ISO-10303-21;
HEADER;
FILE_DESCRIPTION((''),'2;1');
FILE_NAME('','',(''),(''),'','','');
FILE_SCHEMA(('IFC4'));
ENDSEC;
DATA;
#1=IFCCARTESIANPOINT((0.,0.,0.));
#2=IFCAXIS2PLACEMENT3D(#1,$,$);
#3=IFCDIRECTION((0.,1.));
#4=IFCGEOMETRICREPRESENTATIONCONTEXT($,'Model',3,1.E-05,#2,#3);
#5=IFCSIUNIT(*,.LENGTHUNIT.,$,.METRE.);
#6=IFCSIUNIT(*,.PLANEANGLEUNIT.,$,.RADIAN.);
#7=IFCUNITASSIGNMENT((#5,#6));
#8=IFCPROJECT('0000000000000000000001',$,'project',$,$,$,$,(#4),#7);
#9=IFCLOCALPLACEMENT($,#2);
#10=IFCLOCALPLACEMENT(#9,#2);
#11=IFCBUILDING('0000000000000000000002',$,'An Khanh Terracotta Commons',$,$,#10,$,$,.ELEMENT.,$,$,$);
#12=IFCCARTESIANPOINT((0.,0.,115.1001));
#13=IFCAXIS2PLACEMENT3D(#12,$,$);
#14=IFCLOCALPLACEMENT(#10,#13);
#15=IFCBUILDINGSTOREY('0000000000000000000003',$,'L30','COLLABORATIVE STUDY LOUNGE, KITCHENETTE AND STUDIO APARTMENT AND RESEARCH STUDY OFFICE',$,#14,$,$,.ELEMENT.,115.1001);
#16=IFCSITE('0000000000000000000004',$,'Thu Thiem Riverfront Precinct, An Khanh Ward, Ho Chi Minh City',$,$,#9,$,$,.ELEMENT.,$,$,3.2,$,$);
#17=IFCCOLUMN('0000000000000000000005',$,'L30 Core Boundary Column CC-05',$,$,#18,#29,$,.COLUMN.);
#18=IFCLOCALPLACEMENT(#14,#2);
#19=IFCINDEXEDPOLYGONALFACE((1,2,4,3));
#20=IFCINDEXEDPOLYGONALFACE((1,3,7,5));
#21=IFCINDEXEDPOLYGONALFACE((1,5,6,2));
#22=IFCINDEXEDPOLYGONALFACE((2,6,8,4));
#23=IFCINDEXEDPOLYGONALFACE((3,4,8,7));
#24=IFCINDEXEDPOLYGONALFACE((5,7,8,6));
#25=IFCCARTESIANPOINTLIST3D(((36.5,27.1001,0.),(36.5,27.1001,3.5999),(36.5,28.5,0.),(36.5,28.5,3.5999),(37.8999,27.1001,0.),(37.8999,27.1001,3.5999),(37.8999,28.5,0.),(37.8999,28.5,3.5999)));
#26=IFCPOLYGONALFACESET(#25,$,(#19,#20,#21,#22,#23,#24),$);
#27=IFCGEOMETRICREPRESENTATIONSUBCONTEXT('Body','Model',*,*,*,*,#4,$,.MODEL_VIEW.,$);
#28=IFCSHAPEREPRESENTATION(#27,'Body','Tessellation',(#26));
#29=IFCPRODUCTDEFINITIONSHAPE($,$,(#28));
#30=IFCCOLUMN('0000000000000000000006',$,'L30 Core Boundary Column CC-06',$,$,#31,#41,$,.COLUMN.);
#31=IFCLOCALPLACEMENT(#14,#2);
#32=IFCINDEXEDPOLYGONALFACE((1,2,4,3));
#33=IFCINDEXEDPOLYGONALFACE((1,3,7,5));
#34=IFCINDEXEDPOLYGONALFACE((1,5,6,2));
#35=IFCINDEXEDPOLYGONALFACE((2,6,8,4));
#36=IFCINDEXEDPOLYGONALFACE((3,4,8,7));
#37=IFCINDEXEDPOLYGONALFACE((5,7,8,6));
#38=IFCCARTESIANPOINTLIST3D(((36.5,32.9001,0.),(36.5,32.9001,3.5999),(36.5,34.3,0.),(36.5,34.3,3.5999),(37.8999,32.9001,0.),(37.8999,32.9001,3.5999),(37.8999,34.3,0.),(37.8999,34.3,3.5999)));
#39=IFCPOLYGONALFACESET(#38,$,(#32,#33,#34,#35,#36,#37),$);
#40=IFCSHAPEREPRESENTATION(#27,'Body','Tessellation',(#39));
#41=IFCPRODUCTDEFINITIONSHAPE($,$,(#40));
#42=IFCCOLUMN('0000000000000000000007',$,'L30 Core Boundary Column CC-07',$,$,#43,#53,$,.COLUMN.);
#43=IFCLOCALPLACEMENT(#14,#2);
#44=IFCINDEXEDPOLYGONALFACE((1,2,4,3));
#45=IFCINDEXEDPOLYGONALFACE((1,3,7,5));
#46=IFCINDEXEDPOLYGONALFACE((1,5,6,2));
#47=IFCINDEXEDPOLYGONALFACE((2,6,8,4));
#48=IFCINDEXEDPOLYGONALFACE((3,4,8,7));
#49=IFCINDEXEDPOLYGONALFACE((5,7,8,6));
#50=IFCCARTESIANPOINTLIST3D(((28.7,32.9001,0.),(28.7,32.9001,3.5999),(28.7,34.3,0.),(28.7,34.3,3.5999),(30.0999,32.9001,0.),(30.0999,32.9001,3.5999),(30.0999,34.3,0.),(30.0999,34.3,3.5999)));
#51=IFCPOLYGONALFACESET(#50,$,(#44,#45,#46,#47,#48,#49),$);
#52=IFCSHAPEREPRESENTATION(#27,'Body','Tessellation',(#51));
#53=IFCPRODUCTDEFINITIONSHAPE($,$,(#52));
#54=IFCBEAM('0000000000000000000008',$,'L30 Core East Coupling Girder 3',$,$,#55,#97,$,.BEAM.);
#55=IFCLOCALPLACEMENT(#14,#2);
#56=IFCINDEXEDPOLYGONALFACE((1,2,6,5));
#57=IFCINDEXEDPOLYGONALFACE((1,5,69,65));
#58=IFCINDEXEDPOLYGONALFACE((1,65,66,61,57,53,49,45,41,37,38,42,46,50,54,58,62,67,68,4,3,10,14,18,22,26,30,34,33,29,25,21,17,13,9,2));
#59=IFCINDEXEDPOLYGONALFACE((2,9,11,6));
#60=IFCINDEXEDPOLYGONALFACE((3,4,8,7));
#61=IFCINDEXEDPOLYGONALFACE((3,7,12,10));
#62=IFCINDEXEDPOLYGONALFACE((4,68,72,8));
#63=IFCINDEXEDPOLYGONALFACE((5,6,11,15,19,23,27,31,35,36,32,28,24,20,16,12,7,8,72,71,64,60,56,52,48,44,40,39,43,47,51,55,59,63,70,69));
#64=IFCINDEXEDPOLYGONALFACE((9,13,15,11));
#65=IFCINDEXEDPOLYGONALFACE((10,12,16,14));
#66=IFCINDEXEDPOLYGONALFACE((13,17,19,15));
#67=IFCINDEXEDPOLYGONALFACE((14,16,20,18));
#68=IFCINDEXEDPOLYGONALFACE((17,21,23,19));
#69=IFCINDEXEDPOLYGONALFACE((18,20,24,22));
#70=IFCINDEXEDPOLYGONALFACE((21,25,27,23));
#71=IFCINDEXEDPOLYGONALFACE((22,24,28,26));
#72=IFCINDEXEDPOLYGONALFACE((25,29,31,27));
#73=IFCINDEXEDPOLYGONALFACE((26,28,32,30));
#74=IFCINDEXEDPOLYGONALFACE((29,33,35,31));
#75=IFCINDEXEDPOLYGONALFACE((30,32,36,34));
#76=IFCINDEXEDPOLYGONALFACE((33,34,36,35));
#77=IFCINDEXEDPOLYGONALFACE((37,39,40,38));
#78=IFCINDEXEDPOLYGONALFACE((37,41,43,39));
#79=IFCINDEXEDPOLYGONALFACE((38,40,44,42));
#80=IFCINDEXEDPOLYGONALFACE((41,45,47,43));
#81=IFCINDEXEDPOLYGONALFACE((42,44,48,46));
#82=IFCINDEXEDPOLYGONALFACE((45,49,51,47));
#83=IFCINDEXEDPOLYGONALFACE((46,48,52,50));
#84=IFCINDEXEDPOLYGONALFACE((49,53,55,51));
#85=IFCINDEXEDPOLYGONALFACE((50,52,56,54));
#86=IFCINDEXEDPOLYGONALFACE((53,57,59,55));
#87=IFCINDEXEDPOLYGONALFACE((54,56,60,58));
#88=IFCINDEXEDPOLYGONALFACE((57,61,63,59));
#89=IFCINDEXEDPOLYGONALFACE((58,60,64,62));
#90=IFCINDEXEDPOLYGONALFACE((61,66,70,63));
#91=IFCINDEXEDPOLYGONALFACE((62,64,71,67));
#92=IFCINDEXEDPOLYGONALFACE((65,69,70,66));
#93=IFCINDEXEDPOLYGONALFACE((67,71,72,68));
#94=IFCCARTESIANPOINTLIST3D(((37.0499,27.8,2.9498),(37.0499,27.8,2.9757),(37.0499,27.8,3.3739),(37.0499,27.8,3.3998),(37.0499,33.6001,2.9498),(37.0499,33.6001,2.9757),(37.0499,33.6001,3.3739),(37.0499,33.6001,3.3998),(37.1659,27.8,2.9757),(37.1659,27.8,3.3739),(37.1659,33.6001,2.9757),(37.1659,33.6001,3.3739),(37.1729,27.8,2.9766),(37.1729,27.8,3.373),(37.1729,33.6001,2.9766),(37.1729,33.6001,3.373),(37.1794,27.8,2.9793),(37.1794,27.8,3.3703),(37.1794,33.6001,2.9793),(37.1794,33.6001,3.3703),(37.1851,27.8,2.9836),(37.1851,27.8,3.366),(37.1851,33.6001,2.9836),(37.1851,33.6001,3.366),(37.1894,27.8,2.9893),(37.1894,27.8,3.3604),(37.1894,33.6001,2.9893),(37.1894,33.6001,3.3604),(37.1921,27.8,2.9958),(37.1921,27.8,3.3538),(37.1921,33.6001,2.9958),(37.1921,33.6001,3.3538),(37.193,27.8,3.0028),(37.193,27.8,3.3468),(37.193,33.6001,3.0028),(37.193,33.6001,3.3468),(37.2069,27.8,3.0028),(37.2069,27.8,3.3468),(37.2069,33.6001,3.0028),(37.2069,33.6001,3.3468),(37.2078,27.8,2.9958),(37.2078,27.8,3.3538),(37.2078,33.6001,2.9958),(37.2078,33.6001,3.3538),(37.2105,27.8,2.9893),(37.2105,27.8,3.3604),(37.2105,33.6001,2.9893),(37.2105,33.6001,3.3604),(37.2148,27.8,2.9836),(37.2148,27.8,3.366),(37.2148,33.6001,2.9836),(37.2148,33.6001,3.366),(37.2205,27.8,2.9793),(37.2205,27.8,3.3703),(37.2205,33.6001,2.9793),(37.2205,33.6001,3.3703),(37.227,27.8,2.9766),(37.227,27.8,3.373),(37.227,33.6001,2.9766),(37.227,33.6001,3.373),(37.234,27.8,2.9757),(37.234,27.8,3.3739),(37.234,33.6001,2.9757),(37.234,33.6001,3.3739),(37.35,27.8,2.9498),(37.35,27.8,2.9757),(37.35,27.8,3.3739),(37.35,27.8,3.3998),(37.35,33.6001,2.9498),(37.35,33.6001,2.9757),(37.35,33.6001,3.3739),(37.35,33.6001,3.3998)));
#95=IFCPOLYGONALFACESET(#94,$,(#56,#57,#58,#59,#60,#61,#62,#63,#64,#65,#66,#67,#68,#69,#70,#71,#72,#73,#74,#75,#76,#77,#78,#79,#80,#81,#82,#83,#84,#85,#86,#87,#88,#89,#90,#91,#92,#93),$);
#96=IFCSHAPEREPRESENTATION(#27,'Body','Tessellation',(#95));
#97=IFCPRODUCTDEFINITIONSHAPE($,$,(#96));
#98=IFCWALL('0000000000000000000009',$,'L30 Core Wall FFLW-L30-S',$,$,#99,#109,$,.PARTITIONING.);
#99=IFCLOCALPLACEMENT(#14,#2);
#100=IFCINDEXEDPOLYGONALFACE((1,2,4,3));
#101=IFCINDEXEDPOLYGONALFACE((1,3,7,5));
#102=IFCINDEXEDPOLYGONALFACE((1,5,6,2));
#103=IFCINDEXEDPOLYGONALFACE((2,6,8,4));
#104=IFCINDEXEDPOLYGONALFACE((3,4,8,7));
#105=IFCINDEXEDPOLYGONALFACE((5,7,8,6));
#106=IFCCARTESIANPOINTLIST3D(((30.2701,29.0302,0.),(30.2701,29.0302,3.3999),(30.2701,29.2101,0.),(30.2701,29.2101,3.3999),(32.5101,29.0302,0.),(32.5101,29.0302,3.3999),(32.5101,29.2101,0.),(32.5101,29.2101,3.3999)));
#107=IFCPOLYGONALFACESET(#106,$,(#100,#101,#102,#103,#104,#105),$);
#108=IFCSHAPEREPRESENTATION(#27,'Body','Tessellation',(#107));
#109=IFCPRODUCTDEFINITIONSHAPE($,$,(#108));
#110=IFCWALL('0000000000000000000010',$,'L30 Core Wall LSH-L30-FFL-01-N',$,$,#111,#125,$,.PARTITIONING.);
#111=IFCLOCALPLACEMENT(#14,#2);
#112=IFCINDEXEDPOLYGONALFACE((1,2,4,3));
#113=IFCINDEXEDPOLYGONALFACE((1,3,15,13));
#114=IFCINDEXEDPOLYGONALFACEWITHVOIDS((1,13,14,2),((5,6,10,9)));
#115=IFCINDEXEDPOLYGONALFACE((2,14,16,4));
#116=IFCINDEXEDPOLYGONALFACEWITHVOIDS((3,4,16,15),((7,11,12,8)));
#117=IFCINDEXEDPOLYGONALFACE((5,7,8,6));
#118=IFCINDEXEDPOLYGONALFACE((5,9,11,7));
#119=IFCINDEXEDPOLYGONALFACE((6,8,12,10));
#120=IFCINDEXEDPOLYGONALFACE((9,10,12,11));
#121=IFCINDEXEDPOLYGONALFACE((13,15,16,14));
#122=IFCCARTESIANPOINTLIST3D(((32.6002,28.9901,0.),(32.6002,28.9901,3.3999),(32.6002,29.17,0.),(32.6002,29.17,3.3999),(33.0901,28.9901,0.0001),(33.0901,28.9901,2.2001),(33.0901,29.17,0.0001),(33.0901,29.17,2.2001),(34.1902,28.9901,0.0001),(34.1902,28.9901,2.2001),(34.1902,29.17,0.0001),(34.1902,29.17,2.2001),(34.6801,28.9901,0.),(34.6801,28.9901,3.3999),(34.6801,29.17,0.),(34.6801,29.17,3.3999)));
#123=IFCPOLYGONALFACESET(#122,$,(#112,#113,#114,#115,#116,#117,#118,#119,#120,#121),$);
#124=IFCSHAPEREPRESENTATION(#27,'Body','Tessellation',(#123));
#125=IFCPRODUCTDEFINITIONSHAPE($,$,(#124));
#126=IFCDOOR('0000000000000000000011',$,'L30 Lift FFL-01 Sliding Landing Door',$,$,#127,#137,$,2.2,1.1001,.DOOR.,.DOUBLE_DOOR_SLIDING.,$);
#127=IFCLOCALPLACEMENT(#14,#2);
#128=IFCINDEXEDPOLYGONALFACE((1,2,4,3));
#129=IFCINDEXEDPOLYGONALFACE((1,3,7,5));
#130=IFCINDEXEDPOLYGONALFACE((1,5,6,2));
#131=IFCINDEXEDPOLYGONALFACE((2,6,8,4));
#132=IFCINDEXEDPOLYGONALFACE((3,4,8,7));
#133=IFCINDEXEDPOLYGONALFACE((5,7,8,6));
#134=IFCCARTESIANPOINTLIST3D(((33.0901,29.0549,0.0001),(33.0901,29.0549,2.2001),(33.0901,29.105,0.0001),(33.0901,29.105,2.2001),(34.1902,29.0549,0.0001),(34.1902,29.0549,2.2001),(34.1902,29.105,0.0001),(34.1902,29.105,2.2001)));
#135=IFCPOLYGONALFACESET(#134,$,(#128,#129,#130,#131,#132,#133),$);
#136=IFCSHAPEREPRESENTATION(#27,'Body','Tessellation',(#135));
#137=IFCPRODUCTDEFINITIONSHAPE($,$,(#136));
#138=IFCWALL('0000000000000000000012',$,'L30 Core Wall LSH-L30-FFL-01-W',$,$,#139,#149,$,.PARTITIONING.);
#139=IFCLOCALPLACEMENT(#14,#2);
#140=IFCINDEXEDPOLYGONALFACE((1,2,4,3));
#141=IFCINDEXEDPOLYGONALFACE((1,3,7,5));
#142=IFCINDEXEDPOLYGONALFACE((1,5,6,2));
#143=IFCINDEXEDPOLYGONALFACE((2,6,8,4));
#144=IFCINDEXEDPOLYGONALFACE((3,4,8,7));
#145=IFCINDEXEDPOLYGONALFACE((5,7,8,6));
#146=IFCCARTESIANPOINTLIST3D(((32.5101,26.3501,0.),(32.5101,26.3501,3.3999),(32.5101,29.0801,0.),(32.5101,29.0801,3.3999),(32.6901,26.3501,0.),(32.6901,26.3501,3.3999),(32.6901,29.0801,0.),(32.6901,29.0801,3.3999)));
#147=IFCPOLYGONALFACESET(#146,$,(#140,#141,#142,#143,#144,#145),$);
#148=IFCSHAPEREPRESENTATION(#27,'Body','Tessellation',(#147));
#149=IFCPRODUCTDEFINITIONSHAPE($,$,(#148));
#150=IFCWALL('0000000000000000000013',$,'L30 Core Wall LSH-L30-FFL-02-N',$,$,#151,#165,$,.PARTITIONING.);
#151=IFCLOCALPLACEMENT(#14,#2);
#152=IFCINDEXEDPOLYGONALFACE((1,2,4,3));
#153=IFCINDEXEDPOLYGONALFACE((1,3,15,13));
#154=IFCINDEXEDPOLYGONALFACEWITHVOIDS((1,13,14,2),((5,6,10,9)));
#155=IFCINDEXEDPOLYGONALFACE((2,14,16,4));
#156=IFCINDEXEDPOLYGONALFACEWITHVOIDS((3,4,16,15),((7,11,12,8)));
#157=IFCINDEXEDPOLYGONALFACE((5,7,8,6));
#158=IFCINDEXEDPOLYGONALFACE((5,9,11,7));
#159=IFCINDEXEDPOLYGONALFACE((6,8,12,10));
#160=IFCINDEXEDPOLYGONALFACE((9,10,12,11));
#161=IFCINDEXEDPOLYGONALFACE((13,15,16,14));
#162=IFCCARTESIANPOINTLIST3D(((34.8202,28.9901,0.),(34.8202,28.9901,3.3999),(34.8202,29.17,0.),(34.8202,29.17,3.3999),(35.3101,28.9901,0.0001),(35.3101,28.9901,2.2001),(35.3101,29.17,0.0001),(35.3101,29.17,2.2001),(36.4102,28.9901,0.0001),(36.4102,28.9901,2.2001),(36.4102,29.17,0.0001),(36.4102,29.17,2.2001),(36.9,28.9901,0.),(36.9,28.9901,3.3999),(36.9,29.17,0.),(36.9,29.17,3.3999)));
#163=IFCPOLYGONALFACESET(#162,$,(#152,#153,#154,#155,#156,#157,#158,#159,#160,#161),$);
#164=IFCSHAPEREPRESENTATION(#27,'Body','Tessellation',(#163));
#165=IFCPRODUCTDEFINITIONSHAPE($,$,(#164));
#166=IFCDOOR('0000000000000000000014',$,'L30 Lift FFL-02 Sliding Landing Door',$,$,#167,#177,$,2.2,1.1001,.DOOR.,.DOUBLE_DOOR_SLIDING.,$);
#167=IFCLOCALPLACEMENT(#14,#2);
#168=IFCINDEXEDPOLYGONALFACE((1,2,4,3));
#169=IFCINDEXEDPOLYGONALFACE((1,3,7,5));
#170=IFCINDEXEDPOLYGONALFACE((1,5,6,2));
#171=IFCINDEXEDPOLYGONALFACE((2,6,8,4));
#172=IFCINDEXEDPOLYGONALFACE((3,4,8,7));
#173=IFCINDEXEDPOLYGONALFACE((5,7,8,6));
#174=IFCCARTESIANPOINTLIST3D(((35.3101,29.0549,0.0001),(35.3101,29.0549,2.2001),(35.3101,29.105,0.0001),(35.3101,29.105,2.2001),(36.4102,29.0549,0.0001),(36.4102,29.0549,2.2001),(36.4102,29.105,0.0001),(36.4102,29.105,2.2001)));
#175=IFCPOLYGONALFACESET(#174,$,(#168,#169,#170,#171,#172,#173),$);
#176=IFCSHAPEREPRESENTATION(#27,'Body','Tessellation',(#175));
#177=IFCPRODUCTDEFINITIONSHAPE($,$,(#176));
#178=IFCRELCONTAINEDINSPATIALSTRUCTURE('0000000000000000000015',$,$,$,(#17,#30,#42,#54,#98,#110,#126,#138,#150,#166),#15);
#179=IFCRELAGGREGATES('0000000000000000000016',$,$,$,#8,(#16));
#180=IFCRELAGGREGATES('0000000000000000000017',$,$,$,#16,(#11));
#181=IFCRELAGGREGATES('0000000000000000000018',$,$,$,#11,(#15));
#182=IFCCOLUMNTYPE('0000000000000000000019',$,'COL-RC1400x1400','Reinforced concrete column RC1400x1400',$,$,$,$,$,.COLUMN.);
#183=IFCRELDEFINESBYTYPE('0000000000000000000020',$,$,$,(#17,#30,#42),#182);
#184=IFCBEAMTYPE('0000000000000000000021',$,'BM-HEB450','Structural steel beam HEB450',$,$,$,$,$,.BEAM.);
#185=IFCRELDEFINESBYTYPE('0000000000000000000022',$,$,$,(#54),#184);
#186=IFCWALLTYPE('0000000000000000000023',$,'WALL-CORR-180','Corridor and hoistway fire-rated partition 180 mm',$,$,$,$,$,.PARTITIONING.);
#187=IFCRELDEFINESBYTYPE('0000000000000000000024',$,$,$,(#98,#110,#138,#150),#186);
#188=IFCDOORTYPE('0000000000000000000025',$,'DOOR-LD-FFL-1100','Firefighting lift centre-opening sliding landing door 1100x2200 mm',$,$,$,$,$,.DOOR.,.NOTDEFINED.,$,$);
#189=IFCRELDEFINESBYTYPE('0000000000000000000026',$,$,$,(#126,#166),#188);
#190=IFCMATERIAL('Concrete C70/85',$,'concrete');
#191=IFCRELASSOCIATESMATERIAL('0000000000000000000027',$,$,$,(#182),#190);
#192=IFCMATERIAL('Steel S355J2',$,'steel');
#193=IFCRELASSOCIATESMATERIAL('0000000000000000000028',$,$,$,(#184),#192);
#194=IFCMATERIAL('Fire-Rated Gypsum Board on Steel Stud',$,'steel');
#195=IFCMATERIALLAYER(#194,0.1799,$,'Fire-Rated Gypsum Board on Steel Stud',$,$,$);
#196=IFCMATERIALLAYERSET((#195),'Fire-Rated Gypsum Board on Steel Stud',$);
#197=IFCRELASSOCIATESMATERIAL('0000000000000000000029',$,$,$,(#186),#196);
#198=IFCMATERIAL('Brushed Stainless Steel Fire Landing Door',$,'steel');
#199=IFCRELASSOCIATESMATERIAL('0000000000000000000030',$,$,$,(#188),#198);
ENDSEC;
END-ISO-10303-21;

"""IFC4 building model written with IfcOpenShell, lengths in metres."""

from ifc_helpers import new_model, si_unit, direction, frame, frame_2d, origin, origin_2d, place, context, subcontext, project, spatial, rectangle, i_section, extrude, material, layer, layer_set, material_profile, profile_set, type_object, element, fill, save


model = new_model("IFC4")

# Units and contexts
model_context = context("Model", 3, precision=1e-05, world=origin(), true_north=direction((0.0, 1.0)))
body_context = subcontext(model_context, "Body", "Model", "MODEL_VIEW")
ifc_project = project(units=[si_unit("LENGTHUNIT", "METRE"), si_unit("PLANEANGLEUNIT", "RADIAN")], contexts=[model_context])

# Site, building, storey
site_placement = place(None, origin())
site = spatial("IfcSite", under=ifc_project, at=site_placement, Name="Thu Thiem Riverfront Precinct, An Khanh Ward, Ho Chi Minh City", CompositionType="ELEMENT", RefElevation=3.2)
building_placement = place(site_placement, origin())
building = spatial("IfcBuilding", under=site, at=building_placement, Name="An Khanh Terracotta Commons", CompositionType="ELEMENT")
storey_placement = place(building_placement, frame((0.0, 0.0, 115.1001)))
storey = spatial("IfcBuildingStorey", under=building, at=storey_placement, Name="L30", Description="COLLABORATIVE STUDY LOUNGE, KITCHENETTE AND STUDIO APARTMENT AND RESEARCH STUDY OFFICE", CompositionType="ELEMENT", Elevation=115.1001)

# Columns
ifc_material_1 = material(Name="Concrete C70/85", Category="concrete")
ifc_material_profile_1 = material_profile(ifc_material_1, rectangle(XDim=1.3999, YDim=1.3999, at=origin_2d()), Name="RC1400x1400")
ifc_profile_set_1 = profile_set([ifc_material_profile_1], Name="Concrete C70/85")
column_type = type_object("IfcColumnType", Name="COL-RC1400x1400", Description="Reinforced concrete column RC1400x1400", PredefinedType="COLUMN", material=ifc_profile_set_1)
for number, where, z_axis, x_axis, name in (
    (1, (37.2, 27.8, 0.0), (0.0, 0.0, 1.0), (1.0, 0.0, 0.0), "L30 Core Boundary Column CC-05"),
    (2, (37.2, 33.6001, 0.0), (0.0, 0.0, 1.0), (1.0, 0.0, 0.0), "L30 Core Boundary Column CC-06"),
    (3, (29.3999, 33.6001, 0.0), (0.0, 0.0, 1.0), (1.0, 0.0, 0.0), "L30 Core Boundary Column CC-07"),
):
    element("IfcColumn", number, at=place(storey_placement, frame(where, z_axis=z_axis, x_axis=x_axis)), inside=storey, type_object=column_type, Name=name, PredefinedType="COLUMN", context=body_context, shape_type="SweptSolid", body=[
        extrude(rectangle(XDim=1.3999, YDim=1.3999, at=origin_2d()), origin(), (0.0, 0.0, 1.0), 3.5999),
    ])

# Beam
ifc_material_2 = material(Name="Steel S355J2", Category="steel")
ifc_material_profile_2 = material_profile(ifc_material_2, i_section(OverallWidth=0.3, OverallDepth=0.45, WebThickness=0.0139, FlangeThickness=0.0259, FilletRadius=0.0271, at=origin_2d()), Name="HEB450")
ifc_profile_set_2 = profile_set([ifc_material_profile_2], Name="Steel S355J2")
beam_type = type_object("IfcBeamType", Name="BM-HEB450", Description="Structural steel beam HEB450", PredefinedType="BEAM", material=ifc_profile_set_2)
beam_placement = place(storey_placement, frame((37.2, 27.8, 3.1748), z_axis=(0.0, 1.0, 0.0), x_axis=(-1.0, 0.0, 0.0)))
element("IfcBeam", 4, at=beam_placement, inside=storey, type_object=beam_type, Name="L30 Core East Coupling Girder 3", PredefinedType="BEAM", context=body_context, shape_type="SweptSolid", body=[
    extrude(i_section(OverallWidth=0.3, OverallDepth=0.45, WebThickness=0.0139, FlangeThickness=0.0259, FilletRadius=0.0271, at=origin_2d()), origin(), (0.0, 0.0, 1.0), 5.8),
])

# Wall
ifc_material_3 = material(Name="Fire-Rated Gypsum Board on Steel Stud", Category="steel")
ifc_layer_1 = layer(ifc_material_3, 0.1799, Name="Fire-Rated Gypsum Board on Steel Stud")
ifc_layer_set_1 = layer_set([ifc_layer_1], Name="Fire-Rated Gypsum Board on Steel Stud")
wall_type_1 = type_object("IfcWallType", Name="WALL-CORR-180", Description="Corridor and hoistway fire-rated partition 180 mm", PredefinedType="PARTITIONING", material=ifc_layer_set_1)
wall_1_placement = place(storey_placement, frame((30.27, 29.1201, 0.0), z_axis=(0.0, 0.0, 1.0), x_axis=(1.0, 0.0, 0.0)))
element("IfcWall", 5, at=wall_1_placement, inside=storey, type_object=wall_type_1, Name="L30 Core Wall FFLW-L30-S", PredefinedType="PARTITIONING", context=body_context, shape_type="SweptSolid", body=[
    extrude(rectangle(XDim=2.24, YDim=0.1799, at=frame_2d((1.1201, 0.0))), origin(), (0.0, 0.0, 1.0), 3.3999),
])

# Wall, opening, door
wall_2_placement = place(storey_placement, frame((32.6001, 29.0801, 0.0), z_axis=(0.0, 0.0, 1.0), x_axis=(1.0, 0.0, 0.0)))
wall_2 = element("IfcWall", 6, at=wall_2_placement, inside=storey, type_object=wall_type_1, Name="L30 Core Wall LSH-L30-FFL-01-N", PredefinedType="PARTITIONING", context=body_context, shape_type="SweptSolid", body=[
    extrude(rectangle(XDim=2.0798, YDim=0.1799, at=frame_2d((1.04, 0.0))), origin(), (0.0, 0.0, 1.0), 3.3999),
])
opening_1_placement = place(wall_2_placement, frame((0.49, 0.0, 0.0)))
opening_1 = element("IfcOpeningElement", 7, at=opening_1_placement, cuts=wall_2, PredefinedType="OPENING", context=body_context, shape_type="SweptSolid", body=[
    extrude(rectangle(XDim=1.1001, YDim=2.2, at=frame_2d((0.55, 1.1001))), frame((0.0, 0.0999, 0.0), z_axis=(0.0, -1.0, 0.0), x_axis=(1.0, 0.0, 0.0)), (0.0, 0.0, 1.0), 0.2),
])
ifc_material_4 = material(Name="Brushed Stainless Steel Fire Landing Door", Category="steel")
door_type_1 = type_object("IfcDoorType", Name="DOOR-LD-FFL-1100", Description="Firefighting lift centre-opening sliding landing door 1100x2200 mm", OperationType="NOTDEFINED", PredefinedType="DOOR", material=ifc_material_4)
door_1_placement = place(opening_1_placement, origin())
door_1 = element("IfcDoor", 8, at=door_1_placement, inside=storey, type_object=door_type_1, Name="L30 Lift FFL-01 Sliding Landing Door", OperationType="DOUBLE_DOOR_SLIDING", OverallHeight=2.2, OverallWidth=1.1001, PredefinedType="DOOR", context=body_context, shape_type="SweptSolid", body=[
    extrude(rectangle(XDim=1.1001, YDim=2.2, at=frame_2d((0.55, 1.1001))), frame((0.0, 0.0249, 0.0), z_axis=(0.0, -1.0, 0.0), x_axis=(1.0, 0.0, 0.0)), (0.0, 0.0, 1.0), 0.05),
])
fill(opening_1, door_1)

# Wall
wall_3_placement = place(storey_placement, frame((32.6001, 29.0801, 0.0), z_axis=(0.0, 0.0, 1.0), x_axis=(0.0, -1.0, 0.0)))
element("IfcWall", 9, at=wall_3_placement, inside=storey, type_object=wall_type_1, Name="L30 Core Wall LSH-L30-FFL-01-W", PredefinedType="PARTITIONING", context=body_context, shape_type="SweptSolid", body=[
    extrude(rectangle(XDim=2.73, YDim=0.1799, at=frame_2d((1.365, 0.0))), origin(), (0.0, 0.0, 1.0), 3.3999),
])

# Wall, opening, door
wall_4_placement = place(storey_placement, frame((34.8201, 29.0801, 0.0), z_axis=(0.0, 0.0, 1.0), x_axis=(1.0, 0.0, 0.0)))
wall_4 = element("IfcWall", 10, at=wall_4_placement, inside=storey, type_object=wall_type_1, Name="L30 Core Wall LSH-L30-FFL-02-N", PredefinedType="PARTITIONING", context=body_context, shape_type="SweptSolid", body=[
    extrude(rectangle(XDim=2.0798, YDim=0.1799, at=frame_2d((1.04, 0.0))), origin(), (0.0, 0.0, 1.0), 3.3999),
])
opening_2_placement = place(wall_4_placement, frame((0.49, 0.0, 0.0)))
opening_2 = element("IfcOpeningElement", 11, at=opening_2_placement, cuts=wall_4, PredefinedType="OPENING", context=body_context, shape_type="SweptSolid", body=[
    extrude(rectangle(XDim=1.1001, YDim=2.2, at=frame_2d((0.55, 1.1001))), frame((0.0, 0.0999, 0.0), z_axis=(0.0, -1.0, 0.0), x_axis=(1.0, 0.0, 0.0)), (0.0, 0.0, 1.0), 0.2),
])
door_2_placement = place(opening_2_placement, origin())
door_2 = element("IfcDoor", 12, at=door_2_placement, inside=storey, type_object=door_type_1, Name="L30 Lift FFL-02 Sliding Landing Door", OperationType="DOUBLE_DOOR_SLIDING", OverallHeight=2.2, OverallWidth=1.1001, PredefinedType="DOOR", context=body_context, shape_type="SweptSolid", body=[
    extrude(rectangle(XDim=1.1001, YDim=2.2, at=frame_2d((0.55, 1.1001))), frame((0.0, 0.0249, 0.0), z_axis=(0.0, -1.0, 0.0), x_axis=(1.0, 0.0, 0.0)), (0.0, 0.0, 1.0), 0.05),
])
fill(opening_2, door_2)

save(model, "model.ifc")
